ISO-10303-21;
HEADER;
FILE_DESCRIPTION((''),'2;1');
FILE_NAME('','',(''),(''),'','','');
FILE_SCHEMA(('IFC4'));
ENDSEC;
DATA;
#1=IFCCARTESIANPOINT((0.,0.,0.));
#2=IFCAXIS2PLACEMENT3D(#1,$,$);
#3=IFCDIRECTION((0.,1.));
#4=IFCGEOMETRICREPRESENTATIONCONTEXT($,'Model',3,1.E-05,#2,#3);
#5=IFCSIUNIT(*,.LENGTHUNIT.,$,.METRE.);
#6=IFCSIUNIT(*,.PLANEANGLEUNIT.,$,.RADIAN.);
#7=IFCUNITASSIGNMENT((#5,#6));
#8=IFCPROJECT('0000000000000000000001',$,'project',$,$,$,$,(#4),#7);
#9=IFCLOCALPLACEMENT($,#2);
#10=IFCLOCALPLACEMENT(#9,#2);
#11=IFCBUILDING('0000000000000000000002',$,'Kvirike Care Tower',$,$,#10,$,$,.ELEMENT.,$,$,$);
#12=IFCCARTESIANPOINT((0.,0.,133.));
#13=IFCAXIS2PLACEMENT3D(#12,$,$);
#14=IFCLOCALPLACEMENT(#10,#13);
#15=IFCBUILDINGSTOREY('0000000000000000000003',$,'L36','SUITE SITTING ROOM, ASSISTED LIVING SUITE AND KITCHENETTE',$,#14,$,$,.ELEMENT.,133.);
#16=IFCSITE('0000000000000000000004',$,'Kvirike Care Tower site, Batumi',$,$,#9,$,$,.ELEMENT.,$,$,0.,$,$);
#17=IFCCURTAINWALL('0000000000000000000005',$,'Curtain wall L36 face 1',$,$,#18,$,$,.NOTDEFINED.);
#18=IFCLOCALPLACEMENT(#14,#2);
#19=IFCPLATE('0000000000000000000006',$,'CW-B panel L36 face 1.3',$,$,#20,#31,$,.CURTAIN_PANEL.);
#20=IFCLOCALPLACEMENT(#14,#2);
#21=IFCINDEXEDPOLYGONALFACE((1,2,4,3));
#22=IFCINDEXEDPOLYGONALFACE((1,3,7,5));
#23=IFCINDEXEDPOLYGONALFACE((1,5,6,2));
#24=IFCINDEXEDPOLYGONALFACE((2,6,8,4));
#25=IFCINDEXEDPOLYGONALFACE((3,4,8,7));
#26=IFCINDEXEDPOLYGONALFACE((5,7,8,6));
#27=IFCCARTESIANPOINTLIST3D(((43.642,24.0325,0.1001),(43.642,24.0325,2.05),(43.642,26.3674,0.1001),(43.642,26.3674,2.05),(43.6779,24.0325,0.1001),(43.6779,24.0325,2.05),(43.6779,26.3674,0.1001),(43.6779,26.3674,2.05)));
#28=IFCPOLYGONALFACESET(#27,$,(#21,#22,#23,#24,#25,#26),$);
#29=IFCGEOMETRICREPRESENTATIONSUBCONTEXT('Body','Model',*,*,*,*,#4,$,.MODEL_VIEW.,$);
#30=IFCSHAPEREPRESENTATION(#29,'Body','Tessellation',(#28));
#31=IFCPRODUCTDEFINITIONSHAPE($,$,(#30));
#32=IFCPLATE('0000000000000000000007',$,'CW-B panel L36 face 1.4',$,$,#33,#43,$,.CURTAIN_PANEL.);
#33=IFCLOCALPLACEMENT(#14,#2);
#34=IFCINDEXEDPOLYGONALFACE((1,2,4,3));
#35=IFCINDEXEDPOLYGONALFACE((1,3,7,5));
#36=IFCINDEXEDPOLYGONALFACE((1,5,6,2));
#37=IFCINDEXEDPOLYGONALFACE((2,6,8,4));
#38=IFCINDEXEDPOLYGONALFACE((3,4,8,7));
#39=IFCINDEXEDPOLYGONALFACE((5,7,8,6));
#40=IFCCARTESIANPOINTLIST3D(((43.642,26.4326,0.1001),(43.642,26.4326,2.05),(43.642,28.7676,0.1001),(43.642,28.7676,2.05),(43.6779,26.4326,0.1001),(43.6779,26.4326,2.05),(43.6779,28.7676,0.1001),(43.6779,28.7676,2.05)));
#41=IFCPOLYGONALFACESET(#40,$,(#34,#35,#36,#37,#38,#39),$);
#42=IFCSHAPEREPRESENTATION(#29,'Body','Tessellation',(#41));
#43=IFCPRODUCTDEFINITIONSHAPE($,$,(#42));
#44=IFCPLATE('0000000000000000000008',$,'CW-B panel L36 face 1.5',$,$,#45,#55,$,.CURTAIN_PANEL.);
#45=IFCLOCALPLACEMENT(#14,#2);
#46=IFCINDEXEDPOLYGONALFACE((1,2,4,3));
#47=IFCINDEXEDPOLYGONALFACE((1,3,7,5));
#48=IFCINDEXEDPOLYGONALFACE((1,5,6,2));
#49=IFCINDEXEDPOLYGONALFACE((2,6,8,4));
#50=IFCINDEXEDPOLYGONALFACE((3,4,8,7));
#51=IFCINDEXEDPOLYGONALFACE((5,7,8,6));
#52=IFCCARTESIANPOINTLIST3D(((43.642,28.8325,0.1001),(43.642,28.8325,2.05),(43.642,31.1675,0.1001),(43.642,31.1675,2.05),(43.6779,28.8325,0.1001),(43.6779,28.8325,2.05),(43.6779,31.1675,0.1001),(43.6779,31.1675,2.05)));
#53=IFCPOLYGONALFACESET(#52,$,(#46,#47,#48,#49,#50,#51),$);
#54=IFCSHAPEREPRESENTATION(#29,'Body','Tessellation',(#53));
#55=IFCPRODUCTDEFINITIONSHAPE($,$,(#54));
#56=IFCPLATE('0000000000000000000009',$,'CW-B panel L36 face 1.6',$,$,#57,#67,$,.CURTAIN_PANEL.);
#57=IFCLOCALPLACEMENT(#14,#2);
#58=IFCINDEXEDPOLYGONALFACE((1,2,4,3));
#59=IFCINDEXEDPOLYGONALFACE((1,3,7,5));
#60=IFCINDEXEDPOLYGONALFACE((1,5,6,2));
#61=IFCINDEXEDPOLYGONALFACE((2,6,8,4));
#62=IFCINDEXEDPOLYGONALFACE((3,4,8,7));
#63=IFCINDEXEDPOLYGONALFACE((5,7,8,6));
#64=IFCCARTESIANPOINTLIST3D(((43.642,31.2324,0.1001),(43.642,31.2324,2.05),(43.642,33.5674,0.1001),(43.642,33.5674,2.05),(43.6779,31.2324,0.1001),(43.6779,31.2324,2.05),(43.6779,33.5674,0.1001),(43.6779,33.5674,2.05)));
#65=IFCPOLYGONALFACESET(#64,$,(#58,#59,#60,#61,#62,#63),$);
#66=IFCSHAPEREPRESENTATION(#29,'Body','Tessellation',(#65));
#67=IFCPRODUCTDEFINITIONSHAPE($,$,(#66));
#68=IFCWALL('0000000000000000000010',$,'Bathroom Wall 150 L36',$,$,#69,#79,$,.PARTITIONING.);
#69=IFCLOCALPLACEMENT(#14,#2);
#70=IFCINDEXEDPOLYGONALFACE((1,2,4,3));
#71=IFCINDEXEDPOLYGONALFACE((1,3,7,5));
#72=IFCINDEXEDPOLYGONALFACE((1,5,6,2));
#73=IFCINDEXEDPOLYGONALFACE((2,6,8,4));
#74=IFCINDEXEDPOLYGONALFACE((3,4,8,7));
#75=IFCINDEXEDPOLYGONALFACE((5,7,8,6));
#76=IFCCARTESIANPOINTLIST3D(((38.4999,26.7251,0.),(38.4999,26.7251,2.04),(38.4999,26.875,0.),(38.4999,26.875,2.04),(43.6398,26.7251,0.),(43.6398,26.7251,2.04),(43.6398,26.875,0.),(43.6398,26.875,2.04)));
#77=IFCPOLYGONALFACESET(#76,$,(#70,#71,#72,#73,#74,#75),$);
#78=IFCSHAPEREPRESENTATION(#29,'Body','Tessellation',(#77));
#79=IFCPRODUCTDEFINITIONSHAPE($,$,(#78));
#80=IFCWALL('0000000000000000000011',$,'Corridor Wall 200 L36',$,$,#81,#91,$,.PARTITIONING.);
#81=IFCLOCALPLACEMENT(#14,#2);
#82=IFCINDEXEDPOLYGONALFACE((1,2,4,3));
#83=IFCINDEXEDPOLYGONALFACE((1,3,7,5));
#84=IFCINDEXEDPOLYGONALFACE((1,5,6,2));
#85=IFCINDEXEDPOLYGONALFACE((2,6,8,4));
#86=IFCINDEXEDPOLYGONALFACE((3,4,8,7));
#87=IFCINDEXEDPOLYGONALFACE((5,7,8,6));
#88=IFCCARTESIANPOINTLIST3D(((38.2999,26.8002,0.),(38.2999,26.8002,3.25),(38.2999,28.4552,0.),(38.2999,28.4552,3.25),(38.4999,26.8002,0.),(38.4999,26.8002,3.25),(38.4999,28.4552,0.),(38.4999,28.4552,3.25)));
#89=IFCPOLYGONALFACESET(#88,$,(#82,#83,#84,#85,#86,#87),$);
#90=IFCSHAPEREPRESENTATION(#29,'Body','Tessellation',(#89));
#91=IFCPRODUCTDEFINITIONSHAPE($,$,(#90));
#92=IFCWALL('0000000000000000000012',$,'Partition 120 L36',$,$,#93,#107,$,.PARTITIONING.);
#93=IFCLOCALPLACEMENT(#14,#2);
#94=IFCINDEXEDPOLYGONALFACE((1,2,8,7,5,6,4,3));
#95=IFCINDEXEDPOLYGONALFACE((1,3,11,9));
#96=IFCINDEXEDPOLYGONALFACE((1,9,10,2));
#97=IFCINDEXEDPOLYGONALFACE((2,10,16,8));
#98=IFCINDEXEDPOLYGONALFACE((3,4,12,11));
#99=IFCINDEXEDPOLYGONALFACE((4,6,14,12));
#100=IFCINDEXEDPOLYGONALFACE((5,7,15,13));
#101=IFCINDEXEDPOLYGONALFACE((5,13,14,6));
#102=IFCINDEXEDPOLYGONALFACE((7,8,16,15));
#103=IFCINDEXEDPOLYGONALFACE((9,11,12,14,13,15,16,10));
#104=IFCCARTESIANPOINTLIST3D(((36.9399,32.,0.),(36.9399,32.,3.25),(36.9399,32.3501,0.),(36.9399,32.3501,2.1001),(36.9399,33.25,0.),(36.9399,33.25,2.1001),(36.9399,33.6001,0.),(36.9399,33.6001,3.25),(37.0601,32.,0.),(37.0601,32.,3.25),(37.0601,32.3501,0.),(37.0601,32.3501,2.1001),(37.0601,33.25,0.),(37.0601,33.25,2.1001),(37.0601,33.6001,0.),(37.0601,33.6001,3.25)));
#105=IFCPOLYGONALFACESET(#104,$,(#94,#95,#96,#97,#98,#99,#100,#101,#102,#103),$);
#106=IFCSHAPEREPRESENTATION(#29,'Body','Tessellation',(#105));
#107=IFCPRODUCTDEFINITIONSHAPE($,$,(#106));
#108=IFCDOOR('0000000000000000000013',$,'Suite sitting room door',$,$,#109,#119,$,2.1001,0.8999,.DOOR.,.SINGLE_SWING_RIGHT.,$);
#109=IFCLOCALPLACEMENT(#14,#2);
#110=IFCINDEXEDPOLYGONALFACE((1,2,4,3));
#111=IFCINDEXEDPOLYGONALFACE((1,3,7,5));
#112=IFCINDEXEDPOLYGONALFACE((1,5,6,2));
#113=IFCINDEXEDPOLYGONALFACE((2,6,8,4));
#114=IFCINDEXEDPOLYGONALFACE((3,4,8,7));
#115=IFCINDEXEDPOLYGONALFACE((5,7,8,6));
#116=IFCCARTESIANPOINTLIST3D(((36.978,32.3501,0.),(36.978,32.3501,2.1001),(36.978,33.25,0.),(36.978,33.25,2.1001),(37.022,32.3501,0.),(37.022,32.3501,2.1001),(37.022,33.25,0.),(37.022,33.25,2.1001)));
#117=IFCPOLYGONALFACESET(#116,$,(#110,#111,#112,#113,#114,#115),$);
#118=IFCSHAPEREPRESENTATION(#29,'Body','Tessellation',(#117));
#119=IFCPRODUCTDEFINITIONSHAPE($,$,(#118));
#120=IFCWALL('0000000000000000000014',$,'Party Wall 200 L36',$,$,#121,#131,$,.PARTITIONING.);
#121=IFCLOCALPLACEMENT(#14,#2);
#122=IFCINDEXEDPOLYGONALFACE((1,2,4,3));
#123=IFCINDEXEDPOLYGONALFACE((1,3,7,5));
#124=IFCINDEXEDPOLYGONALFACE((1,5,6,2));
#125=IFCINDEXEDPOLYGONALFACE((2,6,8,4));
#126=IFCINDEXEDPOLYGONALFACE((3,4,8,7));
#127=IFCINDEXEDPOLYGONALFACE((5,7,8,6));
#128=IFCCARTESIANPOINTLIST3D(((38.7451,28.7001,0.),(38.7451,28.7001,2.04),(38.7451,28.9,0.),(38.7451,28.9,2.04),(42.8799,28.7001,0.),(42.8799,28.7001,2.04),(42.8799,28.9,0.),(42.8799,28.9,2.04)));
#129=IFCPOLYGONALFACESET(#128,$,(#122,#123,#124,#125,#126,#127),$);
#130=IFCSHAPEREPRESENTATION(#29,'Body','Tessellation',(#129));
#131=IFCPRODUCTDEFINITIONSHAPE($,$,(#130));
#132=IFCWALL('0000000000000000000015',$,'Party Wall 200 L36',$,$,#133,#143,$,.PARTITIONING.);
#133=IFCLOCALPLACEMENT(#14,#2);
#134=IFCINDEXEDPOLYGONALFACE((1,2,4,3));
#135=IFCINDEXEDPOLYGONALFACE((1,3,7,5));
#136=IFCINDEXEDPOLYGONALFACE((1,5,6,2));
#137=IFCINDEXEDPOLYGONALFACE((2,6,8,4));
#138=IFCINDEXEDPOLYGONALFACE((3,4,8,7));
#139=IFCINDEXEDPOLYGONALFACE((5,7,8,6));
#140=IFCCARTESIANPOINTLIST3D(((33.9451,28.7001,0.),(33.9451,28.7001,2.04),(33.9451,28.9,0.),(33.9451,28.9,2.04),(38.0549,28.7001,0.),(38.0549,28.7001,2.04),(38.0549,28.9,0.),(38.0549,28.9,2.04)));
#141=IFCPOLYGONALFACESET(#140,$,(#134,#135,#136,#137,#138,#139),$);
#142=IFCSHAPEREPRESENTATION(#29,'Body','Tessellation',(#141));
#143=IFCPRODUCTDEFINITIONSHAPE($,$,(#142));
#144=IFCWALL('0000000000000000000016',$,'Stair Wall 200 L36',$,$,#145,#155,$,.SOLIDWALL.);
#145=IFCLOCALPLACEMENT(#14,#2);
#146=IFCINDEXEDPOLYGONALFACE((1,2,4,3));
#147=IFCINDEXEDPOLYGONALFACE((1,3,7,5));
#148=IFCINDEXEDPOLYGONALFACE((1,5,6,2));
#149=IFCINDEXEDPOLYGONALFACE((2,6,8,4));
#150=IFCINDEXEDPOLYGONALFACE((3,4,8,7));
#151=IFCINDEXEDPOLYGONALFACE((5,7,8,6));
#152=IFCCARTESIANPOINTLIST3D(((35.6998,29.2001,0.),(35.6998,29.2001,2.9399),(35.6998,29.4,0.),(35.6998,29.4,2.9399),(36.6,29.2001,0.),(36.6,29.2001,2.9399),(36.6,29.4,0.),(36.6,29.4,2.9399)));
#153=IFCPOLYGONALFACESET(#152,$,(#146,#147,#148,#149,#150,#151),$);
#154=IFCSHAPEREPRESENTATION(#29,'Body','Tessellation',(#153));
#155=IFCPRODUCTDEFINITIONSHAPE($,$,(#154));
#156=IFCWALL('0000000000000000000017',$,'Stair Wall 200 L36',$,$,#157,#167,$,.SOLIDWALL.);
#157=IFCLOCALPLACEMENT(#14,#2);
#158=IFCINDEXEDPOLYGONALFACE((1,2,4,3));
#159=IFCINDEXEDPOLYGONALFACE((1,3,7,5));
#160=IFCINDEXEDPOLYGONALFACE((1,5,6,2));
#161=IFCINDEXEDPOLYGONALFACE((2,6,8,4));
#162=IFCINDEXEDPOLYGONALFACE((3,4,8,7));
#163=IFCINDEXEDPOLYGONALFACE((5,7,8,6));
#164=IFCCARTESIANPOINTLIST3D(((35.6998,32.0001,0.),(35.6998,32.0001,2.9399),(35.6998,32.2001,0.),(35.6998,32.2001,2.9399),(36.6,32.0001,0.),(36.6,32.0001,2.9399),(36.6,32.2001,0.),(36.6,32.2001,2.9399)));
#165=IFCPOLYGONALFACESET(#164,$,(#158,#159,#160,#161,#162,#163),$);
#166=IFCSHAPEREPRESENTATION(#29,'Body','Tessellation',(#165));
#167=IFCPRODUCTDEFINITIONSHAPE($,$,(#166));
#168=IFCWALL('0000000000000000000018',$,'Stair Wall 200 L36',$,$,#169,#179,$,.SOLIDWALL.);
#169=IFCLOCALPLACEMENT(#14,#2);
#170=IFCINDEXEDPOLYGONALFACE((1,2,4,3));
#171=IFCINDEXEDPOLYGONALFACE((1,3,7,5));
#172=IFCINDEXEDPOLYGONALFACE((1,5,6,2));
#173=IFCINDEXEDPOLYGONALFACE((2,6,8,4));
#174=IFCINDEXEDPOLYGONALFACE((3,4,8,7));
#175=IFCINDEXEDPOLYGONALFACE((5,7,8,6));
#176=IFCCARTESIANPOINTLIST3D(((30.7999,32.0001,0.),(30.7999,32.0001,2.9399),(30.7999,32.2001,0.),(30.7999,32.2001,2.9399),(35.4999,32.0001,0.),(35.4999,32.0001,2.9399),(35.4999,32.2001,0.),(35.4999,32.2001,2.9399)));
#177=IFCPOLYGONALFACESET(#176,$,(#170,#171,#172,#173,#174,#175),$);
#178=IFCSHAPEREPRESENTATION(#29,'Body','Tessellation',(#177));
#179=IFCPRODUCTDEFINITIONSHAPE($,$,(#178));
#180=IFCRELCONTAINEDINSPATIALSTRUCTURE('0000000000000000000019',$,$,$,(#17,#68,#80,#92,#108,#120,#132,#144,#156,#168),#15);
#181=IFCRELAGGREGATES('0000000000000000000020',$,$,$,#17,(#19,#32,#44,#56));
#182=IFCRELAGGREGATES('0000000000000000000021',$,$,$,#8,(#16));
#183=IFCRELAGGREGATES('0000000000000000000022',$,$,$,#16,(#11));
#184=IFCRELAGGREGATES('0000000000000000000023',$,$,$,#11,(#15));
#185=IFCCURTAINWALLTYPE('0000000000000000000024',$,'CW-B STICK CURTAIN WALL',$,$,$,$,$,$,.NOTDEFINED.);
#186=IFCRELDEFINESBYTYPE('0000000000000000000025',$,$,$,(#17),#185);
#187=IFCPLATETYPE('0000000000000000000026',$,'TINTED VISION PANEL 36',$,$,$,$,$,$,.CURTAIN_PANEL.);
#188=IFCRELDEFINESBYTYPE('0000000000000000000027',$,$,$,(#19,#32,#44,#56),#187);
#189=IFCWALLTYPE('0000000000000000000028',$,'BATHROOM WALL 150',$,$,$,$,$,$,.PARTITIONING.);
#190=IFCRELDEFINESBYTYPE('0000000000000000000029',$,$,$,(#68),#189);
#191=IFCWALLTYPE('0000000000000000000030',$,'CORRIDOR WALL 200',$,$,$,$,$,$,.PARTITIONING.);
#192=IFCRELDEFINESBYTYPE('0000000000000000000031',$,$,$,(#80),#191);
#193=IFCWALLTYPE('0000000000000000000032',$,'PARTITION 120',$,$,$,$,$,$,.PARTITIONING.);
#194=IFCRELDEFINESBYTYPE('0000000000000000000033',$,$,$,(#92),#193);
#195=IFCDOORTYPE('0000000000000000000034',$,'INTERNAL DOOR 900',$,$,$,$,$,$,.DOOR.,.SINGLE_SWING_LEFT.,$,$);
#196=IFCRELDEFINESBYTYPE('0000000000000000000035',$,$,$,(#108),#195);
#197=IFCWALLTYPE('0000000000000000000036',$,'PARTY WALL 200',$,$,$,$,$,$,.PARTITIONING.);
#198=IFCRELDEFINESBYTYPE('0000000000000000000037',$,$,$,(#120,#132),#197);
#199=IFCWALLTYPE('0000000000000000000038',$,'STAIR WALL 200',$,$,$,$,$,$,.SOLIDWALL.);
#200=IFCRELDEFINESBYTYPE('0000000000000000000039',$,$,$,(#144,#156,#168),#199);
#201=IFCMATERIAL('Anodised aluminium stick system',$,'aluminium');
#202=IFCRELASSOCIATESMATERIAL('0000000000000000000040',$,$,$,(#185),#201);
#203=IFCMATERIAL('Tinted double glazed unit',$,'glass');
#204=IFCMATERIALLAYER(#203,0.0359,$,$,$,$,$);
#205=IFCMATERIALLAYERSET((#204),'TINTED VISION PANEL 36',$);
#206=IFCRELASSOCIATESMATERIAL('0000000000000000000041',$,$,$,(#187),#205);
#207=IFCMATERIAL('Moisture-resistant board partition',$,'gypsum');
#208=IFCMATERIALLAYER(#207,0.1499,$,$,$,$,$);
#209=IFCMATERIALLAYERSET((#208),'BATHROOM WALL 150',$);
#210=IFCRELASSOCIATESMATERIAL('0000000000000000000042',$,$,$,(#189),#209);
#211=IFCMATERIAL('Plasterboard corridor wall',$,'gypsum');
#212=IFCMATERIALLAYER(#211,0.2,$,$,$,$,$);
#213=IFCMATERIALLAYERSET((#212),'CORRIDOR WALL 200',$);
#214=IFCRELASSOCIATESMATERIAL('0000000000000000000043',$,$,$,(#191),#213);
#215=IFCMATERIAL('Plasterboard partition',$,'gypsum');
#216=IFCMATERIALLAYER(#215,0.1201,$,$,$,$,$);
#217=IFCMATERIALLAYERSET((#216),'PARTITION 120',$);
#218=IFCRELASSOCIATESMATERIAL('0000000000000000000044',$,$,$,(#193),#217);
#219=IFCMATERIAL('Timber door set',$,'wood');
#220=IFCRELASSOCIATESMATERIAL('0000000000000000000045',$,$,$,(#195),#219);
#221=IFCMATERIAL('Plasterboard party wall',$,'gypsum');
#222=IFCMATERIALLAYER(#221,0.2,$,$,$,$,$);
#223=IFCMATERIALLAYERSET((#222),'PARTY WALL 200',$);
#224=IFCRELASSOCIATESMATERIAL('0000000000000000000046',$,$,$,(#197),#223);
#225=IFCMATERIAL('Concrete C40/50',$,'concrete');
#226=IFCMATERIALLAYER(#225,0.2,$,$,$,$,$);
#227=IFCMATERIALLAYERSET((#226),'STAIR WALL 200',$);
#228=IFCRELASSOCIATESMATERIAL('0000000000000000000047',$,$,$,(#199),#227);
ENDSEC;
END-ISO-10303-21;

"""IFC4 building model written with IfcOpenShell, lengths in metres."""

from ifc_helpers import new_model, si_unit, direction, frame, frame_2d, origin, origin_2d, place, context, subcontext, project, spatial, rectangle, extrude, material, layer, layer_set, type_object, element, fill, aggregate, save


model = new_model("IFC4")

# Units and contexts
model_context = context("Model", 3, precision=1e-05, world=origin(), true_north=direction((0.0, 1.0)))
body_context = subcontext(model_context, "Body", "Model", "MODEL_VIEW")
ifc_project = project(units=[si_unit("LENGTHUNIT", "METRE"), si_unit("PLANEANGLEUNIT", "RADIAN")], contexts=[model_context])

# Site, building, storey
site_placement = place(None, origin())
site = spatial("IfcSite", under=ifc_project, at=site_placement, Name="Kvirike Care Tower site, Batumi", CompositionType="ELEMENT", RefElevation=0.0)
building_placement = place(site_placement, origin())
building = spatial("IfcBuilding", under=site, at=building_placement, Name="Kvirike Care Tower", CompositionType="ELEMENT")
storey_placement = place(building_placement, frame((0.0, 0.0, 133.0)))
storey = spatial("IfcBuildingStorey", under=building, at=storey_placement, Name="L36", Description="SUITE SITTING ROOM, ASSISTED LIVING SUITE AND KITCHENETTE", CompositionType="ELEMENT", Elevation=133.0)

# Curtain wall
ifc_material_1 = material(Name="Anodised aluminium stick system", Category="aluminium")
curtain_wall_type = type_object("IfcCurtainWallType", Name="CW-B STICK CURTAIN WALL", PredefinedType="NOTDEFINED", material=ifc_material_1)
curtain_wall_placement = place(storey_placement, origin())
curtain_wall = element("IfcCurtainWall", 1, at=curtain_wall_placement, inside=storey, type_object=curtain_wall_type, Name="Curtain wall L36 face 1", PredefinedType="NOTDEFINED")

# Plates
ifc_material_2 = material(Name="Tinted double glazed unit", Category="glass")
ifc_layer_1 = layer(ifc_material_2, 0.0359)
ifc_layer_set_1 = layer_set([ifc_layer_1], Name="TINTED VISION PANEL 36")
plate_type = type_object("IfcPlateType", Name="TINTED VISION PANEL 36", PredefinedType="CURTAIN_PANEL", material=ifc_layer_set_1)
plate_1_placement = place(storey_placement, frame((43.6599, 25.2, 0.1001), z_axis=(0.0, 0.0, 1.0), x_axis=(0.0, 1.0, 0.0)))
plate_1 = element("IfcPlate", 2, at=plate_1_placement, type_object=plate_type, Name="CW-B panel L36 face 1.3", PredefinedType="CURTAIN_PANEL", context=body_context, shape_type="SweptSolid", body=[
    extrude(rectangle(XDim=2.335, YDim=0.0359, at=origin_2d()), origin(), (0.0, 0.0, 1.0), 1.95),
])
plate_2_placement = place(storey_placement, frame((43.6599, 27.6001, 0.1001), z_axis=(0.0, 0.0, 1.0), x_axis=(0.0, 1.0, 0.0)))
plate_2 = element("IfcPlate", 3, at=plate_2_placement, type_object=plate_type, Name="CW-B panel L36 face 1.4", PredefinedType="CURTAIN_PANEL", context=body_context, shape_type="SweptSolid", body=[
    extrude(rectangle(XDim=2.335, YDim=0.0359, at=origin_2d()), origin(), (0.0, 0.0, 1.0), 1.95),
])
plate_3_placement = place(storey_placement, frame((43.6599, 30.0, 0.1001), z_axis=(0.0, 0.0, 1.0), x_axis=(0.0, 1.0, 0.0)))
plate_3 = element("IfcPlate", 4, at=plate_3_placement, type_object=plate_type, Name="CW-B panel L36 face 1.5", PredefinedType="CURTAIN_PANEL", context=body_context, shape_type="SweptSolid", body=[
    extrude(rectangle(XDim=2.335, YDim=0.0359, at=origin_2d()), origin(), (0.0, 0.0, 1.0), 1.95),
])
plate_4_placement = place(storey_placement, frame((43.6599, 32.3999, 0.1001), z_axis=(0.0, 0.0, 1.0), x_axis=(0.0, 1.0, 0.0)))
plate_4 = element("IfcPlate", 5, at=plate_4_placement, type_object=plate_type, Name="CW-B panel L36 face 1.6", PredefinedType="CURTAIN_PANEL", context=body_context, shape_type="SweptSolid", body=[
    extrude(rectangle(XDim=2.335, YDim=0.0359, at=origin_2d()), origin(), (0.0, 0.0, 1.0), 1.95),
])
aggregate(curtain_wall, [plate_1, plate_2, plate_3, plate_4])

# Walls
ifc_material_3 = material(Name="Moisture-resistant board partition", Category="gypsum")
ifc_layer_2 = layer(ifc_material_3, 0.1499)
ifc_layer_set_2 = layer_set([ifc_layer_2], Name="BATHROOM WALL 150")
wall_type_1 = type_object("IfcWallType", Name="BATHROOM WALL 150", PredefinedType="PARTITIONING", material=ifc_layer_set_2)
wall_1_placement = place(storey_placement, frame((38.5, 26.8, 0.0), z_axis=(0.0, 0.0, 1.0), x_axis=(1.0, 0.0, 0.0)))
element("IfcWall", 6, at=wall_1_placement, inside=storey, type_object=wall_type_1, Name="Bathroom Wall 150 L36", PredefinedType="PARTITIONING", context=body_context, shape_type="SweptSolid", body=[
    extrude(rectangle(XDim=5.1399, YDim=0.1499, at=frame_2d((2.5698, 0.0))), origin(), (0.0, 0.0, 1.0), 2.04),
])
ifc_material_4 = material(Name="Plasterboard corridor wall", Category="gypsum")
ifc_layer_3 = layer(ifc_material_4, 0.2)
ifc_layer_set_3 = layer_set([ifc_layer_3], Name="CORRIDOR WALL 200")
wall_type_2 = type_object("IfcWallType", Name="CORRIDOR WALL 200", PredefinedType="PARTITIONING", material=ifc_layer_set_3)
wall_2_placement = place(storey_placement, frame((38.3999, 26.8, 0.0), z_axis=(0.0, 0.0, 1.0), x_axis=(0.0, 1.0, 0.0)))
element("IfcWall", 7, at=wall_2_placement, inside=storey, type_object=wall_type_2, Name="Corridor Wall 200 L36", PredefinedType="PARTITIONING", context=body_context, shape_type="SweptSolid", body=[
    extrude(rectangle(XDim=1.655, YDim=0.2, at=frame_2d((0.8276, 0.0))), origin(), (0.0, 0.0, 1.0), 3.25),
])

# Wall, opening, door
ifc_material_5 = material(Name="Plasterboard partition", Category="gypsum")
ifc_layer_4 = layer(ifc_material_5, 0.1201)
ifc_layer_set_4 = layer_set([ifc_layer_4], Name="PARTITION 120")
wall_type_3 = type_object("IfcWallType", Name="PARTITION 120", PredefinedType="PARTITIONING", material=ifc_layer_set_4)
wall_3_placement = place(storey_placement, frame((37.0, 32.0, 0.0), z_axis=(0.0, 0.0, 1.0), x_axis=(0.0, 1.0, 0.0)))
wall_3 = element("IfcWall", 8, at=wall_3_placement, inside=storey, type_object=wall_type_3, Name="Partition 120 L36", PredefinedType="PARTITIONING", context=body_context, shape_type="SweptSolid", body=[
    extrude(rectangle(XDim=1.6001, YDim=0.1201, at=frame_2d((0.8, 0.0))), origin(), (0.0, 0.0, 1.0), 3.25),
])
opening_placement = place(wall_3_placement, frame((0.3501, 0.0, 0.0)))
opening = element("IfcOpeningElement", 9, at=opening_placement, cuts=wall_3, PredefinedType="OPENING", context=body_context, shape_type="SweptSolid", body=[
    extrude(rectangle(XDim=0.8999, YDim=2.1001, at=frame_2d((0.45, 1.05))), frame((0.0, 0.0706, 0.0), z_axis=(0.0, -1.0, 0.0), x_axis=(1.0, 0.0, 0.0)), (0.0, 0.0, 1.0), 0.1411),
])
ifc_material_6 = material(Name="Timber door set", Category="wood")
door_type = type_object("IfcDoorType", Name="INTERNAL DOOR 900", OperationType="SINGLE_SWING_LEFT", PredefinedType="DOOR", material=ifc_material_6)
door_placement = place(opening_placement, origin())
door = element("IfcDoor", 10, at=door_placement, inside=storey, type_object=door_type, Name="Suite sitting room door", OperationType="SINGLE_SWING_RIGHT", OverallHeight=2.1001, OverallWidth=0.8999, PredefinedType="DOOR", context=body_context, shape_type="SweptSolid", body=[
    extrude(rectangle(XDim=0.8999, YDim=2.1001, at=frame_2d((0.45, 1.05))), frame((0.0, 0.022, 0.0), z_axis=(0.0, -1.0, 0.0), x_axis=(1.0, 0.0, 0.0)), (0.0, 0.0, 1.0), 0.0439),
])
fill(opening, door)

# Walls
ifc_material_7 = material(Name="Plasterboard party wall", Category="gypsum")
ifc_layer_5 = layer(ifc_material_7, 0.2)
ifc_layer_set_5 = layer_set([ifc_layer_5], Name="PARTY WALL 200")
wall_type_4 = type_object("IfcWallType", Name="PARTY WALL 200", PredefinedType="PARTITIONING", material=ifc_layer_set_5)
wall_4_placement = place(storey_placement, frame((42.8799, 28.8, 0.0), z_axis=(0.0, 0.0, 1.0), x_axis=(-1.0, 0.0, 0.0)))
element("IfcWall", 11, at=wall_4_placement, inside=storey, type_object=wall_type_4, Name="Party Wall 200 L36", PredefinedType="PARTITIONING", context=body_context, shape_type="SweptSolid", body=[
    extrude(rectangle(XDim=4.1348, YDim=0.2, at=frame_2d((2.0674, 0.0))), origin(), (0.0, 0.0, 1.0), 2.04),
])
wall_5_placement = place(storey_placement, frame((38.0549, 28.8, 0.0), z_axis=(0.0, 0.0, 1.0), x_axis=(-1.0, 0.0, 0.0)))
element("IfcWall", 12, at=wall_5_placement, inside=storey, type_object=wall_type_4, Name="Party Wall 200 L36", PredefinedType="PARTITIONING", context=body_context, shape_type="SweptSolid", body=[
    extrude(rectangle(XDim=4.1099, YDim=0.2, at=frame_2d((2.0549, 0.0))), origin(), (0.0, 0.0, 1.0), 2.04),
])
ifc_material_8 = material(Name="Concrete C40/50", Category="concrete")
ifc_layer_6 = layer(ifc_material_8, 0.2)
ifc_layer_set_6 = layer_set([ifc_layer_6], Name="STAIR WALL 200")
wall_type_5 = type_object("IfcWallType", Name="STAIR WALL 200", PredefinedType="SOLIDWALL", material=ifc_layer_set_6)
for number, where, z_axis, x_axis, name in (
    (13, (36.6001, 29.3, 0.0), (0.0, 0.0, 1.0), (-1.0, 0.0, 0.0), "Stair Wall 200 L36"),
    (14, (36.6001, 32.1001, 0.0), (0.0, 0.0, 1.0), (-1.0, 0.0, 0.0), "Stair Wall 200 L36"),
):
    element("IfcWall", number, at=place(storey_placement, frame(where, z_axis=z_axis, x_axis=x_axis)), inside=storey, type_object=wall_type_5, Name=name, PredefinedType="SOLIDWALL", context=body_context, shape_type="SweptSolid", body=[
        extrude(rectangle(XDim=0.9001, YDim=0.2, at=frame_2d((0.4502, 0.0))), origin(), (0.0, 0.0, 1.0), 2.9399),
    ])
wall_6_placement = place(storey_placement, frame((35.5, 32.1001, 0.0), z_axis=(0.0, 0.0, 1.0), x_axis=(-1.0, 0.0, 0.0)))
element("IfcWall", 15, at=wall_6_placement, inside=storey, type_object=wall_type_5, Name="Stair Wall 200 L36", PredefinedType="SOLIDWALL", context=body_context, shape_type="SweptSolid", body=[
    extrude(rectangle(XDim=4.7, YDim=0.2, at=frame_2d((2.3501, 0.0))), origin(), (0.0, 0.0, 1.0), 2.9399),
])

save(model, "model.ifc")
